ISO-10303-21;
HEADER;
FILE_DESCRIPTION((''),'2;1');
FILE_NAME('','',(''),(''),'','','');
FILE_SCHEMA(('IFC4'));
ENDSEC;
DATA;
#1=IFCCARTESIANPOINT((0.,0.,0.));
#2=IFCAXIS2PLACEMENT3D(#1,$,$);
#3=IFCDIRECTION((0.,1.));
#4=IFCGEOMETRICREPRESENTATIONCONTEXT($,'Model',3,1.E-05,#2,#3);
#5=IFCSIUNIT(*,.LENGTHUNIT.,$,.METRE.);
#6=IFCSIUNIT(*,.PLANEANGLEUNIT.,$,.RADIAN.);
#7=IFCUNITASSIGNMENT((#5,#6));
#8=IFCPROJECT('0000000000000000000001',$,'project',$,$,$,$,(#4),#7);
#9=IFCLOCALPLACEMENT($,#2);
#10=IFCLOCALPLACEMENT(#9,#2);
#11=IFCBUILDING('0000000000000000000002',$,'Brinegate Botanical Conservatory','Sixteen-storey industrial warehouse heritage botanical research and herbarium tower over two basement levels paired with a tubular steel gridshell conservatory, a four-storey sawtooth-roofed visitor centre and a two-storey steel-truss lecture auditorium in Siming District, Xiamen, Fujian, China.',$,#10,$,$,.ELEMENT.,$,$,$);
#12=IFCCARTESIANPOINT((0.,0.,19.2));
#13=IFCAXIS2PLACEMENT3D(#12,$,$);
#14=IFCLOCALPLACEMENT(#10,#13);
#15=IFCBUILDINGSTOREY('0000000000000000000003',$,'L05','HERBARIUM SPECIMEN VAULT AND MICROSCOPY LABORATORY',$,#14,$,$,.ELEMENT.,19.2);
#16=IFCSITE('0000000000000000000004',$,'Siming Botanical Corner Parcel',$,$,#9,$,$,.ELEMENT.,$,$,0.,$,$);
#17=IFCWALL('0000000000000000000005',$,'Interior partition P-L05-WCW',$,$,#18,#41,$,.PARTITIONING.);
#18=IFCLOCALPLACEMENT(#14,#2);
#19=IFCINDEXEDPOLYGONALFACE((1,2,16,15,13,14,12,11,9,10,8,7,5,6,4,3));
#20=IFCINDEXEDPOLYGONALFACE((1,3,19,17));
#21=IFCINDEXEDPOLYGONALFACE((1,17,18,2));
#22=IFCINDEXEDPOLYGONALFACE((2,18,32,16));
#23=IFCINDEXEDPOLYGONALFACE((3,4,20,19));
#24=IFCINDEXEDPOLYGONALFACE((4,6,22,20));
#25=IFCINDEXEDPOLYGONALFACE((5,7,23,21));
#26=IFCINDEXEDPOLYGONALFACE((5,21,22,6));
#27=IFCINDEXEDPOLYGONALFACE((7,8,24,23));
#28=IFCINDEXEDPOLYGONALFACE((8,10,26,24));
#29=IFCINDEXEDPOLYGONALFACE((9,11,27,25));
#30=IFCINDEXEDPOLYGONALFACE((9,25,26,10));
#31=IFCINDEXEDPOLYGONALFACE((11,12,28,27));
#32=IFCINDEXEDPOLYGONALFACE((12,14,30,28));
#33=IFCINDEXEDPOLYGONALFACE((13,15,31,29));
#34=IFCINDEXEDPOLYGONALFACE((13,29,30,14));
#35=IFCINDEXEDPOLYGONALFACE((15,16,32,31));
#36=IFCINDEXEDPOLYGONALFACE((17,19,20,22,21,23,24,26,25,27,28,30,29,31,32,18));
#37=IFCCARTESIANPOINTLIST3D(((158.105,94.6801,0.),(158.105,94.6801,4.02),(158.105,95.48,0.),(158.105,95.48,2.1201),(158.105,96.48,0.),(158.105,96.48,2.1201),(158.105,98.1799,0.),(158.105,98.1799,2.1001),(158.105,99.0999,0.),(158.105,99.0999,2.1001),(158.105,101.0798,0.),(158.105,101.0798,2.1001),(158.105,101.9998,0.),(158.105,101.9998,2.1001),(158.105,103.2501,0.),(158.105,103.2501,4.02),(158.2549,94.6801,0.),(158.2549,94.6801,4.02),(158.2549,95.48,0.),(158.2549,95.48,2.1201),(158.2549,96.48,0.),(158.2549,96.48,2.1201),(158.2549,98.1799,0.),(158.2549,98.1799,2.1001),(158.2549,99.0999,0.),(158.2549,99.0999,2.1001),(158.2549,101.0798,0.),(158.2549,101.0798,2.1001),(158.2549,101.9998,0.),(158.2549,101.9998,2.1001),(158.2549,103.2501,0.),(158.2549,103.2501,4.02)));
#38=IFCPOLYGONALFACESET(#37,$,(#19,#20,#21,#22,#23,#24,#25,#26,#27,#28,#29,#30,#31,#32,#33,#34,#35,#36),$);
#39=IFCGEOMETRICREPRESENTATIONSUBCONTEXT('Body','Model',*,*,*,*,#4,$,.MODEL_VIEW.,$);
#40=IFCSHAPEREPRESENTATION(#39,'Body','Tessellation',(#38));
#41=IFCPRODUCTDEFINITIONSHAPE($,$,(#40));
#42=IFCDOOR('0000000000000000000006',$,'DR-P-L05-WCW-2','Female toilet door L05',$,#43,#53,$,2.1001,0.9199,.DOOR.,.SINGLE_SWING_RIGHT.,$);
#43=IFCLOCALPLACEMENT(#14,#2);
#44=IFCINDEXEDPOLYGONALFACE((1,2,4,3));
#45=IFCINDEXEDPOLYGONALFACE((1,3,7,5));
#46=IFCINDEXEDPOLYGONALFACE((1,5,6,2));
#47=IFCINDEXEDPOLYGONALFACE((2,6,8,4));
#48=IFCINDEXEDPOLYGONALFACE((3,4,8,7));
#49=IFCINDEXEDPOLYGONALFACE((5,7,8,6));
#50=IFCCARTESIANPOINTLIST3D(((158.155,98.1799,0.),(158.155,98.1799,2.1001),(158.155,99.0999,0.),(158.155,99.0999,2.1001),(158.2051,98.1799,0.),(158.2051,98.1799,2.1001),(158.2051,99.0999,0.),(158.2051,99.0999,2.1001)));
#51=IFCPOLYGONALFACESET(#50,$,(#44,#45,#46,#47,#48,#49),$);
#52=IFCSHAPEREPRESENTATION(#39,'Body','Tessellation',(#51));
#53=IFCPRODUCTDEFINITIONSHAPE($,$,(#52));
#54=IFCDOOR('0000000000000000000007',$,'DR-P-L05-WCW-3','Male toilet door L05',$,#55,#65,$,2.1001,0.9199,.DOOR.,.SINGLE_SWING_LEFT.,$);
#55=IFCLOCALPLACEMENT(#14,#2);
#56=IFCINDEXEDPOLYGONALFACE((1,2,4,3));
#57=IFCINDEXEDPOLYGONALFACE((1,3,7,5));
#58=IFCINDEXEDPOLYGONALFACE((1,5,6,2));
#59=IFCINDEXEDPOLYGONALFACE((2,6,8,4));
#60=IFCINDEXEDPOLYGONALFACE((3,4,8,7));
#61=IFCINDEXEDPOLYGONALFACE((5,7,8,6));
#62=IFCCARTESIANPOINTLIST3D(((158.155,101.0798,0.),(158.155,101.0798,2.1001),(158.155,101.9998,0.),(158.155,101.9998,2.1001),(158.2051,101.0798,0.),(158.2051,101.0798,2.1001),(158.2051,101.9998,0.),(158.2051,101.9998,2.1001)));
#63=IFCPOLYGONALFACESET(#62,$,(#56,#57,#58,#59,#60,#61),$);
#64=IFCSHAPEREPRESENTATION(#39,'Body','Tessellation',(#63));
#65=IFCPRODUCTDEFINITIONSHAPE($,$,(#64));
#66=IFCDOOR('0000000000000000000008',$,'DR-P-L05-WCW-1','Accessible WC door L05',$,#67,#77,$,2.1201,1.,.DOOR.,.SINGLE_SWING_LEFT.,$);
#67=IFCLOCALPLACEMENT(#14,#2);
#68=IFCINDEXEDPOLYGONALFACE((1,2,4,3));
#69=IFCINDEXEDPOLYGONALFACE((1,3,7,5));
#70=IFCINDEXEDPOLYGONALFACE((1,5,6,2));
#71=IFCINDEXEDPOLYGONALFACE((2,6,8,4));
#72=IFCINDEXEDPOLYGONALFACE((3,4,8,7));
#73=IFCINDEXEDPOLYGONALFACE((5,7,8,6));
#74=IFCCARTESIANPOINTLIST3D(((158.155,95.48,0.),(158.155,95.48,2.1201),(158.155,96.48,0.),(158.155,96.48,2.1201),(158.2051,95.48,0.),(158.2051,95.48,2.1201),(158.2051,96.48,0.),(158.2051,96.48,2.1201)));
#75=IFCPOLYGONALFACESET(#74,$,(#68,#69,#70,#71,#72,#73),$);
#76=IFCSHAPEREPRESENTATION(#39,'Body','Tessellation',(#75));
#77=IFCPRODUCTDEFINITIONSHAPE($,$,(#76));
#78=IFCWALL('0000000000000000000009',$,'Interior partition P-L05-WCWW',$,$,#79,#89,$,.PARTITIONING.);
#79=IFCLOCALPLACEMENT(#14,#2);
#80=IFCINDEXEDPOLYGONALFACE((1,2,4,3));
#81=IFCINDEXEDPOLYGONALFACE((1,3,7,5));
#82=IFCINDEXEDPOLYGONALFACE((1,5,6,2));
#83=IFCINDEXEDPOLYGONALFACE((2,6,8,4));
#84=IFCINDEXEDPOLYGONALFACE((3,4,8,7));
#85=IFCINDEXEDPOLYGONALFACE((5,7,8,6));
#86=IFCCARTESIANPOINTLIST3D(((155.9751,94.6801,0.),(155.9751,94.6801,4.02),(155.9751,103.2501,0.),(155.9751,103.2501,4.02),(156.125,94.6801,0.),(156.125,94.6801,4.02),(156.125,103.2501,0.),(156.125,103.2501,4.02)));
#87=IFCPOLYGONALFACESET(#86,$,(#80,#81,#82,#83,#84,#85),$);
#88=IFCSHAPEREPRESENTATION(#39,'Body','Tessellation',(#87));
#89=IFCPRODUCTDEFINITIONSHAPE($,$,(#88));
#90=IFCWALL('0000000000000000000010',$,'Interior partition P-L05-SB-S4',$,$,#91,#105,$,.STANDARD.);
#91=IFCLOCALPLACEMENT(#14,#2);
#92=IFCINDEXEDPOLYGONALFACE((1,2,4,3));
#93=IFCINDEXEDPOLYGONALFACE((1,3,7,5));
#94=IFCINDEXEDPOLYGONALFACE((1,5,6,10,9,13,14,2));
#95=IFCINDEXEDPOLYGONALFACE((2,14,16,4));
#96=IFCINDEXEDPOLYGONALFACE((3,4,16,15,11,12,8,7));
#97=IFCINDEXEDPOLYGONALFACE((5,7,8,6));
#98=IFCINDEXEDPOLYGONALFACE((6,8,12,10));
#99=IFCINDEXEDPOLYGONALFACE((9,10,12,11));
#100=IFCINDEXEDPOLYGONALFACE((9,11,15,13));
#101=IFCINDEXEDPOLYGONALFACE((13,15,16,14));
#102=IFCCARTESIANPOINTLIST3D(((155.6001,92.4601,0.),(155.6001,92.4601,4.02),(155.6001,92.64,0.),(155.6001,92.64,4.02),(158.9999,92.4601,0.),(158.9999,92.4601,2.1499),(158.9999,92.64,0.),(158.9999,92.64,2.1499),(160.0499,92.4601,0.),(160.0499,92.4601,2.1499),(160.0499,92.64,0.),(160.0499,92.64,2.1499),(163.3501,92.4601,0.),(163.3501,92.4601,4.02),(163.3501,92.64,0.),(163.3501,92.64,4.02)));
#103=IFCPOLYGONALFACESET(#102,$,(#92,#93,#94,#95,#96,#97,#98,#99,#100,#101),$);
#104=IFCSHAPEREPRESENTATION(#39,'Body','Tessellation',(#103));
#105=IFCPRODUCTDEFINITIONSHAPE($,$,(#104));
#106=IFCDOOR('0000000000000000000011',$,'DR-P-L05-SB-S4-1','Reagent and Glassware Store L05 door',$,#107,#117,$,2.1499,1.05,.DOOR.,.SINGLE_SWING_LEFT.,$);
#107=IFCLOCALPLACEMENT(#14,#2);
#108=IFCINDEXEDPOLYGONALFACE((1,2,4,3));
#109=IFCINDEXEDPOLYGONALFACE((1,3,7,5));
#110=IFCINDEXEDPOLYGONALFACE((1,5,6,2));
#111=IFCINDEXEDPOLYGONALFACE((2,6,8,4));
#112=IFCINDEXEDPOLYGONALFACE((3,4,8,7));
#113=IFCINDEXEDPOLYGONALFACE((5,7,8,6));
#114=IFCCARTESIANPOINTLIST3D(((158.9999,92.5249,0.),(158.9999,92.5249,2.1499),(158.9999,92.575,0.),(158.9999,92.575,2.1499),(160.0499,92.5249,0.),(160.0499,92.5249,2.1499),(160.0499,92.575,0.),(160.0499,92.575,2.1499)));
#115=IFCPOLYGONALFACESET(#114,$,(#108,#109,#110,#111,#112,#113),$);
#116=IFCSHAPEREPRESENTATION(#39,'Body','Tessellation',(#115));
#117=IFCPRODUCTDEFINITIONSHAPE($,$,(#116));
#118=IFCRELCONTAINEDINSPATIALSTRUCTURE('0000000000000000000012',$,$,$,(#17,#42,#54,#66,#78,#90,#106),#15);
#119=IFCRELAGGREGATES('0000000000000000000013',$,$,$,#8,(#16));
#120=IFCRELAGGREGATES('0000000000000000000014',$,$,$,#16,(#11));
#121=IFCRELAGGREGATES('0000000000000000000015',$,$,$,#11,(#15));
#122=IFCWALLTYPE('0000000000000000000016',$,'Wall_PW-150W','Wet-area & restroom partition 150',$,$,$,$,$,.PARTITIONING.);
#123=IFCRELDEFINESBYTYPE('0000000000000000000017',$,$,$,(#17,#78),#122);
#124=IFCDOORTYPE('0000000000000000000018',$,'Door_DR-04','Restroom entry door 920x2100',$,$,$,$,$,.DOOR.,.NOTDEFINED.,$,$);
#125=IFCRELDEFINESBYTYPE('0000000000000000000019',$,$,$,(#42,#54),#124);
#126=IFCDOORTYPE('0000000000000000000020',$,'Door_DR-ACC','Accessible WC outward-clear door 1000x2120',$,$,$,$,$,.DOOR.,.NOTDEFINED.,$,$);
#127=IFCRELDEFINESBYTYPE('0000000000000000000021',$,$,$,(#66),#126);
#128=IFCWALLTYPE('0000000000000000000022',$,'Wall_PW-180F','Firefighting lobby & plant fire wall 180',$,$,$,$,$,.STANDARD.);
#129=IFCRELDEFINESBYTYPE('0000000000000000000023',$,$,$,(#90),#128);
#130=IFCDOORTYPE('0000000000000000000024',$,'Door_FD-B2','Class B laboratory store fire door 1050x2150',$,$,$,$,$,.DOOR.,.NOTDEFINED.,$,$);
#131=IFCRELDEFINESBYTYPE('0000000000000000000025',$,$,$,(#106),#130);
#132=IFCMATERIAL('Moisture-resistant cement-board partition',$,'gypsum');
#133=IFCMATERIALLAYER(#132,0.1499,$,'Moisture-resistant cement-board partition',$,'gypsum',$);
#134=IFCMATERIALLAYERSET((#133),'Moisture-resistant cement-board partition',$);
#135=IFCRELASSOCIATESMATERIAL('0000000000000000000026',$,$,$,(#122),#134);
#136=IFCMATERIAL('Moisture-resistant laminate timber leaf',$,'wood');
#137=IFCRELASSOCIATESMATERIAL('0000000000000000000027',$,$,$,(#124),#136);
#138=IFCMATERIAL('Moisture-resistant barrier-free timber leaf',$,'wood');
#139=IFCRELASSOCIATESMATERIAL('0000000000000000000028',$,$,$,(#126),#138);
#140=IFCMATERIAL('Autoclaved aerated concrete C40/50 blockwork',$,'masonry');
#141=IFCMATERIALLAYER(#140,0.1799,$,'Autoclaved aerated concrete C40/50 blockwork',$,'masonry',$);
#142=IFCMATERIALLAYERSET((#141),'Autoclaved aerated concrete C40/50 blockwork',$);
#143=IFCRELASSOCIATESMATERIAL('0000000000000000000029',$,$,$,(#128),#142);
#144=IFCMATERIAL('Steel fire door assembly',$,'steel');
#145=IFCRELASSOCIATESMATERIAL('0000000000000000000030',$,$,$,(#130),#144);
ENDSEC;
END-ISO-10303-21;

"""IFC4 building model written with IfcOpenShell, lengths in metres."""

from ifc_helpers import new_model, si_unit, direction, frame, frame_2d, origin, place, context, subcontext, project, spatial, rectangle, extrude, material, layer, layer_set, type_object, element, fill, save


model = new_model("IFC4")

# Units and contexts
model_context = context("Model", 3, precision=1e-05, world=origin(), true_north=direction((0.0, 1.0)))
body_context = subcontext(model_context, "Body", "Model", "MODEL_VIEW")
ifc_project = project(units=[si_unit("LENGTHUNIT", "METRE"), si_unit("PLANEANGLEUNIT", "RADIAN")], contexts=[model_context])

# Site, building, storey
site_placement = place(None, origin())
site = spatial("IfcSite", under=ifc_project, at=site_placement, Name="Siming Botanical Corner Parcel", CompositionType="ELEMENT", RefElevation=0.0)
building_placement = place(site_placement, origin())
building = spatial("IfcBuilding", under=site, at=building_placement, Name="Brinegate Botanical Conservatory", Description="Sixteen-storey industrial warehouse heritage botanical research and herbarium tower over two basement levels paired with a tubular steel gridshell conservatory, a four-storey sawtooth-roofed visitor centre and a two-storey steel-truss lecture auditorium in Siming District, Xiamen, Fujian, China.", CompositionType="ELEMENT")
storey_placement = place(building_placement, frame((0.0, 0.0, 19.2)))
storey = spatial("IfcBuildingStorey", under=building, at=storey_placement, Name="L05", Description="HERBARIUM SPECIMEN VAULT AND MICROSCOPY LABORATORY", CompositionType="ELEMENT", Elevation=19.2)

# Shared definitions
ifc_material_1 = material(Name="Moisture-resistant cement-board partition", Category="gypsum")
ifc_layer_1 = layer(ifc_material_1, 0.1499, Name="Moisture-resistant cement-board partition", Category="gypsum")
ifc_layer_set_1 = layer_set([ifc_layer_1], Name="Moisture-resistant cement-board partition")
wall_type_1 = type_object("IfcWallType", Name="Wall_PW-150W", Description="Wet-area & restroom partition 150", PredefinedType="PARTITIONING", material=ifc_layer_set_1)

# Wall, openings, doors
wall_1_placement = place(storey_placement, frame((158.1799, 94.6799, 0.0), z_axis=(0.0, 0.0, 1.0), x_axis=(0.0, 1.0, 0.0)))
wall_1 = element("IfcWall", 1, at=wall_1_placement, inside=storey, type_object=wall_type_1, Name="Interior partition P-L05-WCW", PredefinedType="PARTITIONING", context=body_context, shape_type="SweptSolid", body=[
    extrude(rectangle(XDim=8.5701, YDim=0.1499, at=frame_2d((4.2852, 0.0))), origin(), (0.0, 0.0, 1.0), 4.02),
])
opening_1_placement = place(wall_1_placement, frame((0.8, 0.0, 0.0)))
opening_1 = element("IfcOpeningElement", 2, at=opening_1_placement, cuts=wall_1, PredefinedType="OPENING", context=body_context, shape_type="SweptSolid", body=[
    extrude(rectangle(XDim=1.0, YDim=2.1201, at=frame_2d((0.5, 1.0601))), frame((0.0, 0.085, 0.0), z_axis=(0.0, -1.0, 0.0), x_axis=(1.0, 0.0, 0.0)), (0.0, 0.0, 1.0), 0.1699),
])
opening_2_placement = place(wall_1_placement, frame((3.5, 0.0, 0.0)))
opening_2 = element("IfcOpeningElement", 3, at=opening_2_placement, cuts=wall_1, PredefinedType="OPENING", context=body_context, shape_type="SweptSolid", body=[
    extrude(rectangle(XDim=0.9199, YDim=2.1001, at=frame_2d((0.46, 1.05))), frame((0.0, 0.085, 0.0), z_axis=(0.0, -1.0, 0.0), x_axis=(1.0, 0.0, 0.0)), (0.0, 0.0, 1.0), 0.1699),
])
opening_3_placement = place(wall_1_placement, frame((6.3999, 0.0, 0.0)))
opening_3 = element("IfcOpeningElement", 4, at=opening_3_placement, cuts=wall_1, PredefinedType="OPENING", context=body_context, shape_type="SweptSolid", body=[
    extrude(rectangle(XDim=0.9199, YDim=2.1001, at=frame_2d((0.46, 1.05))), frame((0.0, 0.085, 0.0), z_axis=(0.0, -1.0, 0.0), x_axis=(1.0, 0.0, 0.0)), (0.0, 0.0, 1.0), 0.1699),
])
ifc_material_2 = material(Name="Moisture-resistant laminate timber leaf", Category="wood")
door_type_1 = type_object("IfcDoorType", Name="Door_DR-04", Description="Restroom entry door 920x2100", OperationType="NOTDEFINED", PredefinedType="DOOR", material=ifc_material_2)
door_1_placement = place(opening_2_placement, origin())
door_1 = element("IfcDoor", 5, at=door_1_placement, inside=storey, type_object=door_type_1, Name="DR-P-L05-WCW-2", Description="Female toilet door L05", OperationType="SINGLE_SWING_RIGHT", OverallHeight=2.1001, OverallWidth=0.9199, PredefinedType="DOOR", context=body_context, shape_type="SweptSolid", body=[
    extrude(rectangle(XDim=0.9199, YDim=2.1001, at=frame_2d((0.46, 1.05))), frame((0.0, 0.0249, 0.0), z_axis=(0.0, -1.0, 0.0), x_axis=(1.0, 0.0, 0.0)), (0.0, 0.0, 1.0), 0.05),
])
fill(opening_2, door_1)
door_2_placement = place(opening_3_placement, origin())
door_2 = element("IfcDoor", 6, at=door_2_placement, inside=storey, type_object=door_type_1, Name="DR-P-L05-WCW-3", Description="Male toilet door L05", OperationType="SINGLE_SWING_LEFT", OverallHeight=2.1001, OverallWidth=0.9199, PredefinedType="DOOR", context=body_context, shape_type="SweptSolid", body=[
    extrude(rectangle(XDim=0.9199, YDim=2.1001, at=frame_2d((0.46, 1.05))), frame((0.0, 0.0249, 0.0), z_axis=(0.0, -1.0, 0.0), x_axis=(1.0, 0.0, 0.0)), (0.0, 0.0, 1.0), 0.05),
])
fill(opening_3, door_2)
ifc_material_3 = material(Name="Moisture-resistant barrier-free timber leaf", Category="wood")
door_type_2 = type_object("IfcDoorType", Name="Door_DR-ACC", Description="Accessible WC outward-clear door 1000x2120", OperationType="NOTDEFINED", PredefinedType="DOOR", material=ifc_material_3)
door_3_placement = place(opening_1_placement, origin())
door_3 = element("IfcDoor", 7, at=door_3_placement, inside=storey, type_object=door_type_2, Name="DR-P-L05-WCW-1", Description="Accessible WC door L05", OperationType="SINGLE_SWING_LEFT", OverallHeight=2.1201, OverallWidth=1.0, PredefinedType="DOOR", context=body_context, shape_type="SweptSolid", body=[
    extrude(rectangle(XDim=1.0, YDim=2.1201, at=frame_2d((0.5, 1.0601))), frame((0.0, 0.0249, 0.0), z_axis=(0.0, -1.0, 0.0), x_axis=(1.0, 0.0, 0.0)), (0.0, 0.0, 1.0), 0.05),
])
fill(opening_1, door_3)

# Wall
wall_2_placement = place(storey_placement, frame((156.05, 94.6799, 0.0), z_axis=(0.0, 0.0, 1.0), x_axis=(0.0, 1.0, 0.0)))
element("IfcWall", 8, at=wall_2_placement, inside=storey, type_object=wall_type_1, Name="Interior partition P-L05-WCWW", PredefinedType="PARTITIONING", context=body_context, shape_type="SweptSolid", body=[
    extrude(rectangle(XDim=8.5701, YDim=0.1499, at=frame_2d((4.2852, 0.0))), origin(), (0.0, 0.0, 1.0), 4.02),
])

# Wall, opening, door
ifc_material_4 = material(Name="Autoclaved aerated concrete C40/50 blockwork", Category="masonry")
ifc_layer_2 = layer(ifc_material_4, 0.1799, Name="Autoclaved aerated concrete C40/50 blockwork", Category="masonry")
ifc_layer_set_2 = layer_set([ifc_layer_2], Name="Autoclaved aerated concrete C40/50 blockwork")
wall_type_2 = type_object("IfcWallType", Name="Wall_PW-180F", Description="Firefighting lobby & plant fire wall 180", PredefinedType="STANDARD", material=ifc_layer_set_2)
wall_3_placement = place(storey_placement, frame((155.6001, 92.55, 0.0), z_axis=(0.0, 0.0, 1.0), x_axis=(1.0, 0.0, 0.0)))
wall_3 = element("IfcWall", 9, at=wall_3_placement, inside=storey, type_object=wall_type_2, Name="Interior partition P-L05-SB-S4", PredefinedType="STANDARD", context=body_context, shape_type="SweptSolid", body=[
    extrude(rectangle(XDim=7.75, YDim=0.1799, at=frame_2d((3.875, 0.0))), origin(), (0.0, 0.0, 1.0), 4.02),
])
opening_4_placement = place(wall_3_placement, frame((3.3999, 0.0, 0.0)))
opening_4 = element("IfcOpeningElement", 10, at=opening_4_placement, cuts=wall_3, PredefinedType="OPENING", context=body_context, shape_type="SweptSolid", body=[
    extrude(rectangle(XDim=1.05, YDim=2.1499, at=frame_2d((0.5249, 1.075))), frame((0.0, 0.0999, 0.0), z_axis=(0.0, -1.0, 0.0), x_axis=(1.0, 0.0, 0.0)), (0.0, 0.0, 1.0), 0.2),
])
ifc_material_5 = material(Name="Steel fire door assembly", Category="steel")
door_type_3 = type_object("IfcDoorType", Name="Door_FD-B2", Description="Class B laboratory store fire door 1050x2150", OperationType="NOTDEFINED", PredefinedType="DOOR", material=ifc_material_5)
door_4_placement = place(opening_4_placement, origin())
door_4 = element("IfcDoor", 11, at=door_4_placement, inside=storey, type_object=door_type_3, Name="DR-P-L05-SB-S4-1", Description="Reagent and Glassware Store L05 door", OperationType="SINGLE_SWING_LEFT", OverallHeight=2.1499, OverallWidth=1.05, PredefinedType="DOOR", context=body_context, shape_type="SweptSolid", body=[
    extrude(rectangle(XDim=1.05, YDim=2.1499, at=frame_2d((0.5249, 1.075))), frame((0.0, 0.0249, 0.0), z_axis=(0.0, -1.0, 0.0), x_axis=(1.0, 0.0, 0.0)), (0.0, 0.0, 1.0), 0.05),
])
fill(opening_4, door_4)

save(model, "model.ifc")
